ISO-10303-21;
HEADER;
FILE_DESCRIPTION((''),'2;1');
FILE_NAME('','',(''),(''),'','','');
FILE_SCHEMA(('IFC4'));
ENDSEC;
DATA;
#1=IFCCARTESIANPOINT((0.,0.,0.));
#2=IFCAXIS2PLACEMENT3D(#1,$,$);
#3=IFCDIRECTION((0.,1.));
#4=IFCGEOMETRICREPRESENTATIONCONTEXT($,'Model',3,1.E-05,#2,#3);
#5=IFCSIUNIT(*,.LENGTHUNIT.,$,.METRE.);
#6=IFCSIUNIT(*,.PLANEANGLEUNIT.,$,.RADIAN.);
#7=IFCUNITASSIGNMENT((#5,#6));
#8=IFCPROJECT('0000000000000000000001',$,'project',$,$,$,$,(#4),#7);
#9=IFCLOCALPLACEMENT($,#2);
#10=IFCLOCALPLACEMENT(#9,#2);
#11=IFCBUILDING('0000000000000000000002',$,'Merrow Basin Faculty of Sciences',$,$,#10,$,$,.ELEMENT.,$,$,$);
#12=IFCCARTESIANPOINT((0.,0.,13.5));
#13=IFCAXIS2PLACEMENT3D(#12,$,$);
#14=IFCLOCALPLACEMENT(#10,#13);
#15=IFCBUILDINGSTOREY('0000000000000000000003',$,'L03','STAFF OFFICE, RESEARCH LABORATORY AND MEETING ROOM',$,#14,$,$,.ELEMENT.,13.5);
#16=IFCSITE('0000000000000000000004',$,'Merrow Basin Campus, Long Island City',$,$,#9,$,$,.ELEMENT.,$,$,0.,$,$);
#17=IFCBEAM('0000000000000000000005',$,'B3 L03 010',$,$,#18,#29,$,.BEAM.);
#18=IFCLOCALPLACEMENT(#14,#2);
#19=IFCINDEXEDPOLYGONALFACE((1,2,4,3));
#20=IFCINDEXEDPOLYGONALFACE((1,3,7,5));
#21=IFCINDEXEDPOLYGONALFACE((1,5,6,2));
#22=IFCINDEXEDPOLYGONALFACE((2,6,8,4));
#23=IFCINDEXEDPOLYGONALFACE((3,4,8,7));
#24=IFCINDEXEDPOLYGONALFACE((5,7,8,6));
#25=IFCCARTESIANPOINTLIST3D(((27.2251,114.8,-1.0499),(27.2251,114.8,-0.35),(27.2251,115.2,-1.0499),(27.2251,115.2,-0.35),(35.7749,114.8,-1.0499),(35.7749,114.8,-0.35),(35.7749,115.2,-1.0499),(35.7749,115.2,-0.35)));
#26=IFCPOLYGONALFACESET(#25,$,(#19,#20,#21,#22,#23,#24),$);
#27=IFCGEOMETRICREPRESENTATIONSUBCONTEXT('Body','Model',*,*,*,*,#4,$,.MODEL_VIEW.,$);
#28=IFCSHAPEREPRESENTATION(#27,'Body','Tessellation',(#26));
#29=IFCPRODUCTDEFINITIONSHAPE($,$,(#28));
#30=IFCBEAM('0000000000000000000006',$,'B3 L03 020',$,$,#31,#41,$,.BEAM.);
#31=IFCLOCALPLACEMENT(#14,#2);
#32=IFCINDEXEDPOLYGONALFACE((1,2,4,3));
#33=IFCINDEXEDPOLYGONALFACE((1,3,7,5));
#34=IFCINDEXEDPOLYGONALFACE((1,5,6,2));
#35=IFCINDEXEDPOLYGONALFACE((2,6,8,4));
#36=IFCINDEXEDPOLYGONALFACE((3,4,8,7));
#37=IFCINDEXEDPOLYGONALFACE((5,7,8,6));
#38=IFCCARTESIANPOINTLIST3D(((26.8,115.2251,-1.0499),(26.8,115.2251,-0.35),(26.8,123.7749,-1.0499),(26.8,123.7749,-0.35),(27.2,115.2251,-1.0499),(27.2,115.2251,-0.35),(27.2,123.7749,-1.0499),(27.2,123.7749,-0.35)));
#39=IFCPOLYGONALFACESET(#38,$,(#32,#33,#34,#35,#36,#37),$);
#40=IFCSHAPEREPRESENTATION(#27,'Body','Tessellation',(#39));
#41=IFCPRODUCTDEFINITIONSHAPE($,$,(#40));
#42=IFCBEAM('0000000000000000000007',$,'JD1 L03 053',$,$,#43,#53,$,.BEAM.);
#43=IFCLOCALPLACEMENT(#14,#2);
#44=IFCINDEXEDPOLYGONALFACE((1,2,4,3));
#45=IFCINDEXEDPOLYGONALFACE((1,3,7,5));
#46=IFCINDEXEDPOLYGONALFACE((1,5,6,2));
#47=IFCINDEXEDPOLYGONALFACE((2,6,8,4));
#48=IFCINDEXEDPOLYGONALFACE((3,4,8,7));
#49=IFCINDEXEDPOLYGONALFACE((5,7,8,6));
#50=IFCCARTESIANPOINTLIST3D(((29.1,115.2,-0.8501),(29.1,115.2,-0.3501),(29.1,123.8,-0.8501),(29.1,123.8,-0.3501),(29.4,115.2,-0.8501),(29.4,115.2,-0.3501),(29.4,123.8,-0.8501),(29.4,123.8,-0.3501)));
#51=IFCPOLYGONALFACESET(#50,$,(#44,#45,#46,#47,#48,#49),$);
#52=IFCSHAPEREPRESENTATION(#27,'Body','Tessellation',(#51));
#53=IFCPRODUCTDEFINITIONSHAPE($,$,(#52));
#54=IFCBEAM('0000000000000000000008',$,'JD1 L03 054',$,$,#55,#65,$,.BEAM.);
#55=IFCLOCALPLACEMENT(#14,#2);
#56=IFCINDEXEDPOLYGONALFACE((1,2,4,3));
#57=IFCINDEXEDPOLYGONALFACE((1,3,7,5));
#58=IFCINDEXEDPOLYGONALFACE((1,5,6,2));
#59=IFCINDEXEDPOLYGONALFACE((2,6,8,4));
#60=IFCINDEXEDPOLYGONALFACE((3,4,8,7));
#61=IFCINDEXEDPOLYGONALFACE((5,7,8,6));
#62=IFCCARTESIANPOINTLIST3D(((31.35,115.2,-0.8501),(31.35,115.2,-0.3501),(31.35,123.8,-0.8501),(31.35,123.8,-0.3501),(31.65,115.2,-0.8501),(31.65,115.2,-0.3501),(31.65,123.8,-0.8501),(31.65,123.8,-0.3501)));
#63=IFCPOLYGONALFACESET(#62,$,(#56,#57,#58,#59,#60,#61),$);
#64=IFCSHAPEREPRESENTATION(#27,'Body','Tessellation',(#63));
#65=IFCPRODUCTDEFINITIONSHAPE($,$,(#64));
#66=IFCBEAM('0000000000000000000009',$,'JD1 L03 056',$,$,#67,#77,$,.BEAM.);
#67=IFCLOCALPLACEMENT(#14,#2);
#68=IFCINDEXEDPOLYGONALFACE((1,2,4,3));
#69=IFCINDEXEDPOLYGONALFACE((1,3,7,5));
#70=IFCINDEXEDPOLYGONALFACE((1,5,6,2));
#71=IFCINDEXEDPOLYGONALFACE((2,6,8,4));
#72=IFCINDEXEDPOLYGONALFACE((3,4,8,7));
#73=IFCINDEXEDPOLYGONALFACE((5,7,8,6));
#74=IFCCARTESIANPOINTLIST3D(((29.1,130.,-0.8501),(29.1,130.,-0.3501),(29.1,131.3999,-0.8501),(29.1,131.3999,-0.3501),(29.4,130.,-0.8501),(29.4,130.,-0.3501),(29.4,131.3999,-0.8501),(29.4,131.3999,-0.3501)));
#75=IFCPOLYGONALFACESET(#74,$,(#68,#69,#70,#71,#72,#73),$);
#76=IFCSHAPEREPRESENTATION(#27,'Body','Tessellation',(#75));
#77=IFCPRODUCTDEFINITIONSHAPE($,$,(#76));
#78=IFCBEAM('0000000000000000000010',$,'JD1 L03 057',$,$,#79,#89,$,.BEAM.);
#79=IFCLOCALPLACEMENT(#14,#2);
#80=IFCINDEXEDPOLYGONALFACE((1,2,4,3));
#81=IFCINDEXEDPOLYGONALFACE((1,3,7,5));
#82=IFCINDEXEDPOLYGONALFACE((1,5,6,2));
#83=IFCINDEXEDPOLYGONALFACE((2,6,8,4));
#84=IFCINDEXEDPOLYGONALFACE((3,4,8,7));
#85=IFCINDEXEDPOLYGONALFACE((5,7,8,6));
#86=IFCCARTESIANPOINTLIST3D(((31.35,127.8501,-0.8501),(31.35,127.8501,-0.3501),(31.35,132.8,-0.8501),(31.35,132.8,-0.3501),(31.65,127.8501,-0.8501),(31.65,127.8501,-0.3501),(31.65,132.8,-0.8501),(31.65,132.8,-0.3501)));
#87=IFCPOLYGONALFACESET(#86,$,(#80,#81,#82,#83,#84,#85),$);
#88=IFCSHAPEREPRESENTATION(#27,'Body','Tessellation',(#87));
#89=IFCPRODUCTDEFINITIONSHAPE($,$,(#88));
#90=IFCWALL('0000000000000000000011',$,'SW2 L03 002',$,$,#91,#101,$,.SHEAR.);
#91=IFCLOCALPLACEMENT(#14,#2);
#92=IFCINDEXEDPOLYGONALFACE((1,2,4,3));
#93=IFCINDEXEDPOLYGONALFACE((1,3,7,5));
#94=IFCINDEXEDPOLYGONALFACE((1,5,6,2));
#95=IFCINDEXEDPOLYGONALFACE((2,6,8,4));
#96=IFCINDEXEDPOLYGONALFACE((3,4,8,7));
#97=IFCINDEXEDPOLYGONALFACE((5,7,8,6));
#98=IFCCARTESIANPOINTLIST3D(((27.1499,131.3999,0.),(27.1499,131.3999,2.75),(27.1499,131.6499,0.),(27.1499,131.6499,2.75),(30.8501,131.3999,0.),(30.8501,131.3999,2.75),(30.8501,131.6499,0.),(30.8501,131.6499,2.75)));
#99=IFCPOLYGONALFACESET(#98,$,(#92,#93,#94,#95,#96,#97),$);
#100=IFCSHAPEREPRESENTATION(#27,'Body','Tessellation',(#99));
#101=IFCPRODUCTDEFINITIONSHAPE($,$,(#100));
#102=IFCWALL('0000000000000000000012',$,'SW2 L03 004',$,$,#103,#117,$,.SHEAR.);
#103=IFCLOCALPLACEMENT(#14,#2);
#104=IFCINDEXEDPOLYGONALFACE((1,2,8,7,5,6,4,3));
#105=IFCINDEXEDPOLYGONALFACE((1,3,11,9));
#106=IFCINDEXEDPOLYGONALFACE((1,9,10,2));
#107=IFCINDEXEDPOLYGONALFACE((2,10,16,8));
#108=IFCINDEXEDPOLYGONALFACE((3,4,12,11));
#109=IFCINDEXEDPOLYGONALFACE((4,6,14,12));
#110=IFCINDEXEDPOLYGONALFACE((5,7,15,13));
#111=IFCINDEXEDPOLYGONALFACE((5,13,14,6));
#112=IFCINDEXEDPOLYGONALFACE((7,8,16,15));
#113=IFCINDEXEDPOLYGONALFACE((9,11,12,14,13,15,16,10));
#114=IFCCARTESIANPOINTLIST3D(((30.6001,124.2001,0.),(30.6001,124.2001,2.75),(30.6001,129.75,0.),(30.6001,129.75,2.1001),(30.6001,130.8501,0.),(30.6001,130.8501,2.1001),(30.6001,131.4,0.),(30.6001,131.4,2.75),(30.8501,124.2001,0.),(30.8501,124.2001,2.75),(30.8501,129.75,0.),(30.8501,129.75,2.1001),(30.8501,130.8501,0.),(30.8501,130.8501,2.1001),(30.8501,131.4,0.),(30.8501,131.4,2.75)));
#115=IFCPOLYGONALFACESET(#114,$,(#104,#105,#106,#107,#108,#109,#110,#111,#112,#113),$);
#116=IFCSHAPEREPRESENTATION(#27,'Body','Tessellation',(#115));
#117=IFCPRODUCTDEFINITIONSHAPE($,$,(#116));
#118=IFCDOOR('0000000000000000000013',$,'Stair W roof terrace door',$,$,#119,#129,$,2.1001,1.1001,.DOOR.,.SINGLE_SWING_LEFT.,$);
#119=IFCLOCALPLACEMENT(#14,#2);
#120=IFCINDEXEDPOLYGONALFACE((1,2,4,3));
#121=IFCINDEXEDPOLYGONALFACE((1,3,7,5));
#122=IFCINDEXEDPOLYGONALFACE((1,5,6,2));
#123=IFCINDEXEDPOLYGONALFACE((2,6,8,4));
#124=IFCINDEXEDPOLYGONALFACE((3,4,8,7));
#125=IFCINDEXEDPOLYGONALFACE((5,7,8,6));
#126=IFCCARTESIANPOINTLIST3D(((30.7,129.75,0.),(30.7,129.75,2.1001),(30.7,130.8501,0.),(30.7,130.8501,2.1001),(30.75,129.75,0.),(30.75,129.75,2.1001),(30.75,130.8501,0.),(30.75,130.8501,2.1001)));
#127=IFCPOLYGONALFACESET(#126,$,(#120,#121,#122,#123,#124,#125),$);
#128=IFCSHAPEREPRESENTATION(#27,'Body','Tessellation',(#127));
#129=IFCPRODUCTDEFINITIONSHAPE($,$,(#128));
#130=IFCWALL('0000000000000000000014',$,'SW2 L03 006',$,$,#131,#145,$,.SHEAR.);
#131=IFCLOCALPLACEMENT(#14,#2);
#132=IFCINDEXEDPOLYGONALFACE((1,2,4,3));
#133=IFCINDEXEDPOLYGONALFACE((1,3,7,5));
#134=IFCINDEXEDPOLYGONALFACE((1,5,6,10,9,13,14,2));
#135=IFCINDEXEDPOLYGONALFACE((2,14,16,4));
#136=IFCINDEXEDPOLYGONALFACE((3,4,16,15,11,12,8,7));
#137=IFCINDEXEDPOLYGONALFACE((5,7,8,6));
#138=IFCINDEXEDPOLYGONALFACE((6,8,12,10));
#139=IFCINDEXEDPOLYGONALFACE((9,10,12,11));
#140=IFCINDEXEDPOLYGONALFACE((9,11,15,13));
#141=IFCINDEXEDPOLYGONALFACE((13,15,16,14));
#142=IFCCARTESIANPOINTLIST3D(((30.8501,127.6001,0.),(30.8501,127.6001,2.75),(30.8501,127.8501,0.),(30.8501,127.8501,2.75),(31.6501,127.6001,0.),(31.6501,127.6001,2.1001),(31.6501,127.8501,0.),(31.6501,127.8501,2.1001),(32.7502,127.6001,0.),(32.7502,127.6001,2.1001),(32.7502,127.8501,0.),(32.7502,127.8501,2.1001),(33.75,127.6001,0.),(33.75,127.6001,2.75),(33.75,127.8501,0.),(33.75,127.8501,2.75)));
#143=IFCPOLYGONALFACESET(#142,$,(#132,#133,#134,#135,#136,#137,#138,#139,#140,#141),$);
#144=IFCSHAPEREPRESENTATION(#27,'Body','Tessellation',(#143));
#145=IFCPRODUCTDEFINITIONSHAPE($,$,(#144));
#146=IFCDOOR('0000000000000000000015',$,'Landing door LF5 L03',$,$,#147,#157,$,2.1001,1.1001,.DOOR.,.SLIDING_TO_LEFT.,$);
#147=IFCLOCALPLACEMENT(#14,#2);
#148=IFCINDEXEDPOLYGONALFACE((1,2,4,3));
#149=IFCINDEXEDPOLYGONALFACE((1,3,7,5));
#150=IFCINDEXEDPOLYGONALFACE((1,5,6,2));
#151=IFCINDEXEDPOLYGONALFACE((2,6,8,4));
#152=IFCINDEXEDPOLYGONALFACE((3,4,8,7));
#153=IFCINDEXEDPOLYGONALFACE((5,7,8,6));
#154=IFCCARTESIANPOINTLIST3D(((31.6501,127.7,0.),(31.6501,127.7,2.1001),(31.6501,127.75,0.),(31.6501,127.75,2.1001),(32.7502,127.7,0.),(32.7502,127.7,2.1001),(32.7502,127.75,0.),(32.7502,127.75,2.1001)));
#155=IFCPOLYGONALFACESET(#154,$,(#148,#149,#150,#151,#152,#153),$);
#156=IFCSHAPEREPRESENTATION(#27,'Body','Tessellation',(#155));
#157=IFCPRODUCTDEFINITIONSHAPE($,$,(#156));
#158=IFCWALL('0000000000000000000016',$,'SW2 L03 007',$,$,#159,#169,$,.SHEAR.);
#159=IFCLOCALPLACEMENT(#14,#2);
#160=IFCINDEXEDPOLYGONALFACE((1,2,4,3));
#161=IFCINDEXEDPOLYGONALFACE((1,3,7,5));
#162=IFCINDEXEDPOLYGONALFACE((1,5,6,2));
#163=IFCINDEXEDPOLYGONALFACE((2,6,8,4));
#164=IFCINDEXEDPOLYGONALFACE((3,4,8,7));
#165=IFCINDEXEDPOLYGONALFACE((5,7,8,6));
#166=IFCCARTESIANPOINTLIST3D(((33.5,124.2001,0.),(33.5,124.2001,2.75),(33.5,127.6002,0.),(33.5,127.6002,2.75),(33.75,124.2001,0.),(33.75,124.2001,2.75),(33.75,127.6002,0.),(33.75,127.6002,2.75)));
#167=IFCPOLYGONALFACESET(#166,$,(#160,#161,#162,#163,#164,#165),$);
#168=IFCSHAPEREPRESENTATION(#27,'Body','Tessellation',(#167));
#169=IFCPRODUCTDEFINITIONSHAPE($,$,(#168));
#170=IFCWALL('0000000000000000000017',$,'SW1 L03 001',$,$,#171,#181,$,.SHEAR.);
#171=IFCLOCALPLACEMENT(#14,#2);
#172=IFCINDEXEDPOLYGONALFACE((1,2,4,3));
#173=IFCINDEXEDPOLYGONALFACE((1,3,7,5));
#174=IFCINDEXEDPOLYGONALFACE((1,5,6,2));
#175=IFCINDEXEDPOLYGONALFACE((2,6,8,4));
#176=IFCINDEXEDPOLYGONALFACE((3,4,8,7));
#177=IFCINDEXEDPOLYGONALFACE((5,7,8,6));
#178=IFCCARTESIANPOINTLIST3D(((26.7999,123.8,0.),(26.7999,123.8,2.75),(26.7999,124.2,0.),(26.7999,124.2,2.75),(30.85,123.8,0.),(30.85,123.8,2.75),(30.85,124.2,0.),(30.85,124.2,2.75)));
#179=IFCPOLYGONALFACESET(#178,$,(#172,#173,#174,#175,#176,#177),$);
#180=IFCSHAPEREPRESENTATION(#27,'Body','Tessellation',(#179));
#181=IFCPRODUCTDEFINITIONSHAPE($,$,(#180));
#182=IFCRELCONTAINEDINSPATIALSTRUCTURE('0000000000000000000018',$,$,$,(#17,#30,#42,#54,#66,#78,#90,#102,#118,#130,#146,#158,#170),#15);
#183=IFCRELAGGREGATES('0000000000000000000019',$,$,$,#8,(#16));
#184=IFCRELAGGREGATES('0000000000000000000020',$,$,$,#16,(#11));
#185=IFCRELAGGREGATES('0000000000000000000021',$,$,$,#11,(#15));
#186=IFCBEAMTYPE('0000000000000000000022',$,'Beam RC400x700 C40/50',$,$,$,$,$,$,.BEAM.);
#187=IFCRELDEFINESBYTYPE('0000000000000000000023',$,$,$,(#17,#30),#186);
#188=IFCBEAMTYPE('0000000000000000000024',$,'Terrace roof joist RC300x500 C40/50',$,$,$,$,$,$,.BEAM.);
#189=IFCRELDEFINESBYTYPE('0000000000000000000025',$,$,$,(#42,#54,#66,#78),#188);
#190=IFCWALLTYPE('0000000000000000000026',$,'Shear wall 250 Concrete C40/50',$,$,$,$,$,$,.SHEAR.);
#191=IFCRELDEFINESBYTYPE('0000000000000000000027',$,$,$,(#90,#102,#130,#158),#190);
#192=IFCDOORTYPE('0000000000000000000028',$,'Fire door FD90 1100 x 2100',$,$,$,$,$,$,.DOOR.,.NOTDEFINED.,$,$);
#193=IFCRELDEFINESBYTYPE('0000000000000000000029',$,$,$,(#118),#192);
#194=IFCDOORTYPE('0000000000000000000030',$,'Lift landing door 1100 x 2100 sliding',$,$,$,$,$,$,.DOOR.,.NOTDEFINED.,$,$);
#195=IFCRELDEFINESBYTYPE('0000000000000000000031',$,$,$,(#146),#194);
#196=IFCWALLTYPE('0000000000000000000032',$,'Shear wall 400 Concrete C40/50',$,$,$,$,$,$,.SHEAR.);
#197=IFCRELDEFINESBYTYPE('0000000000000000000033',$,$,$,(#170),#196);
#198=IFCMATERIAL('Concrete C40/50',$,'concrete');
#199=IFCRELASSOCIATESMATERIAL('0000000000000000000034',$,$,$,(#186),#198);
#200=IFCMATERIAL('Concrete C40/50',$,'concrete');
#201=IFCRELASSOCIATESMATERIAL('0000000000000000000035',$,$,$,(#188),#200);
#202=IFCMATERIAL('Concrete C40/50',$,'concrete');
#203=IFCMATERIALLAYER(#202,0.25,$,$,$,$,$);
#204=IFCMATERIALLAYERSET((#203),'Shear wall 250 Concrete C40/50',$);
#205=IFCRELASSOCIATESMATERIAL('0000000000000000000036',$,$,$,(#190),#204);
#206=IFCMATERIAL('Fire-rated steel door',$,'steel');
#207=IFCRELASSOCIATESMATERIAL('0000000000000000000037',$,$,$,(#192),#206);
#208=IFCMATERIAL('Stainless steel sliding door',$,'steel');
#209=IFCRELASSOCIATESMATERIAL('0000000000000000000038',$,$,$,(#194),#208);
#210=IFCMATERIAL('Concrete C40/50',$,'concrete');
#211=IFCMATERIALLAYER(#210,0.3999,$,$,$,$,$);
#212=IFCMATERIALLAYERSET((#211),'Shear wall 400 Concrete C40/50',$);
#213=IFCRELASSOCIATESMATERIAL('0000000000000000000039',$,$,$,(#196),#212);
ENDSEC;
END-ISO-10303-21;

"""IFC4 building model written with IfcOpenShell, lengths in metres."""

from ifc_helpers import new_model, si_unit, direction, frame, frame_2d, origin, origin_2d, place, context, subcontext, project, spatial, rectangle, extrude, material, layer, layer_set, material_profile, profile_set, type_object, element, fill, save


model = new_model("IFC4")

# Units and contexts
model_context = context("Model", 3, precision=1e-05, world=origin(), true_north=direction((0.0, 1.0)))
body_context = subcontext(model_context, "Body", "Model", "MODEL_VIEW")
ifc_project = project(units=[si_unit("LENGTHUNIT", "METRE"), si_unit("PLANEANGLEUNIT", "RADIAN")], contexts=[model_context])

# Site, building, storey
site_placement = place(None, origin())
site = spatial("IfcSite", under=ifc_project, at=site_placement, Name="Merrow Basin Campus, Long Island City", CompositionType="ELEMENT", RefElevation=0.0)
building_placement = place(site_placement, origin())
building = spatial("IfcBuilding", under=site, at=building_placement, Name="Merrow Basin Faculty of Sciences", CompositionType="ELEMENT")
storey_placement = place(building_placement, frame((0.0, 0.0, 13.5)))
storey = spatial("IfcBuildingStorey", under=building, at=storey_placement, Name="L03", Description="STAFF OFFICE, RESEARCH LABORATORY AND MEETING ROOM", CompositionType="ELEMENT", Elevation=13.5)

# Beams
ifc_material_1 = material(Name="Concrete C40/50", Category="concrete")
ifc_material_profile_1 = material_profile(ifc_material_1, rectangle(XDim=0.3999, YDim=0.7, at=origin_2d()))
ifc_profile_set_1 = profile_set([ifc_material_profile_1], Name="Concrete C40/50")
beam_type_1 = type_object("IfcBeamType", Name="Beam RC400x700 C40/50", PredefinedType="BEAM", material=ifc_profile_set_1)
for number, where, z_axis, x_axis, name in (
    (1, (27.2251, 115.0, -0.7), (1.0, 0.0, 0.0), (0.0, 1.0, 0.0), "B3 L03 010"),
    (2, (27.0, 115.2251, -0.7), (0.0, 1.0, 0.0), (-1.0, 0.0, 0.0), "B3 L03 020"),
):
    element("IfcBeam", number, at=place(storey_placement, frame(where, z_axis=z_axis, x_axis=x_axis)), inside=storey, type_object=beam_type_1, Name=name, PredefinedType="BEAM", context=body_context, shape_type="SweptSolid", body=[
        extrude(rectangle(XDim=0.3999, YDim=0.7, at=origin_2d()), origin(), (0.0, 0.0, 1.0), 8.5498),
    ])
ifc_material_2 = material(Name="Concrete C40/50", Category="concrete")
ifc_material_profile_2 = material_profile(ifc_material_2, rectangle(XDim=0.3, YDim=0.5, at=origin_2d()))
ifc_profile_set_2 = profile_set([ifc_material_profile_2], Name="Concrete C40/50")
beam_type_2 = type_object("IfcBeamType", Name="Terrace roof joist RC300x500 C40/50", PredefinedType="BEAM", material=ifc_profile_set_2)
for number, where, z_axis, x_axis, name in (
    (3, (29.25, 115.2, -0.6001), (0.0, 1.0, 0.0), (-1.0, 0.0, 0.0), "JD1 L03 053"),
    (4, (31.5, 115.2, -0.6001), (0.0, 1.0, 0.0), (-1.0, 0.0, 0.0), "JD1 L03 054"),
):
    element("IfcBeam", number, at=place(storey_placement, frame(where, z_axis=z_axis, x_axis=x_axis)), inside=storey, type_object=beam_type_2, Name=name, PredefinedType="BEAM", context=body_context, shape_type="SweptSolid", body=[
        extrude(rectangle(XDim=0.3, YDim=0.5, at=origin_2d()), origin(), (0.0, 0.0, 1.0), 8.6001),
    ])
beam_1_placement = place(storey_placement, frame((29.25, 130.0, -0.6001), z_axis=(0.0, 1.0, 0.0), x_axis=(-1.0, 0.0, 0.0)))
element("IfcBeam", 5, at=beam_1_placement, inside=storey, type_object=beam_type_2, Name="JD1 L03 056", PredefinedType="BEAM", context=body_context, shape_type="SweptSolid", body=[
    extrude(rectangle(XDim=0.3, YDim=0.5, at=origin_2d()), origin(), (0.0, 0.0, 1.0), 1.3999),
])
beam_2_placement = place(storey_placement, frame((31.5, 127.8501, -0.6001), z_axis=(0.0, 1.0, 0.0), x_axis=(-1.0, 0.0, 0.0)))
element("IfcBeam", 6, at=beam_2_placement, inside=storey, type_object=beam_type_2, Name="JD1 L03 057", PredefinedType="BEAM", context=body_context, shape_type="SweptSolid", body=[
    extrude(rectangle(XDim=0.3, YDim=0.5, at=origin_2d()), origin(), (0.0, 0.0, 1.0), 4.95),
])

# Wall
ifc_material_3 = material(Name="Concrete C40/50", Category="concrete")
ifc_layer_1 = layer(ifc_material_3, 0.25)
ifc_layer_set_1 = layer_set([ifc_layer_1], Name="Shear wall 250 Concrete C40/50")
wall_type_1 = type_object("IfcWallType", Name="Shear wall 250 Concrete C40/50", PredefinedType="SHEAR", material=ifc_layer_set_1)
wall_1_placement = place(storey_placement, frame((27.1499, 131.5249, 0.0), z_axis=(0.0, 0.0, 1.0), x_axis=(1.0, 0.0, 0.0)))
element("IfcWall", 7, at=wall_1_placement, inside=storey, type_object=wall_type_1, Name="SW2 L03 002", PredefinedType="SHEAR", context=body_context, shape_type="SweptSolid", body=[
    extrude(rectangle(XDim=3.7002, YDim=0.25, at=frame_2d((1.8501, 0.0))), origin(), (0.0, 0.0, 1.0), 2.75),
])

# Walls, openings, doors
wall_2_placement = place(storey_placement, frame((30.7251, 124.2, 0.0), z_axis=(0.0, 0.0, 1.0), x_axis=(0.0, 1.0, 0.0)))
wall_2 = element("IfcWall", 8, at=wall_2_placement, inside=storey, type_object=wall_type_1, Name="SW2 L03 004", PredefinedType="SHEAR", context=body_context, shape_type="SweptSolid", body=[
    extrude(rectangle(XDim=7.2, YDim=0.25, at=frame_2d((3.6001, 0.0))), origin(), (0.0, 0.0, 1.0), 2.75),
])
opening_1_placement = place(wall_2_placement, frame((5.55, 0.0, 0.0)))
opening_1 = element("IfcOpeningElement", 9, at=opening_1_placement, cuts=wall_2, PredefinedType="OPENING", context=body_context, shape_type="SweptSolid", body=[
    extrude(rectangle(XDim=1.1001, YDim=2.1001, at=frame_2d((0.55, 1.05))), frame((0.0, 0.135, 0.0), z_axis=(0.0, -1.0, 0.0), x_axis=(1.0, 0.0, 0.0)), (0.0, 0.0, 1.0), 0.27),
])
ifc_material_4 = material(Name="Fire-rated steel door", Category="steel")
door_type_1 = type_object("IfcDoorType", Name="Fire door FD90 1100 x 2100", OperationType="NOTDEFINED", PredefinedType="DOOR", material=ifc_material_4)
door_1_placement = place(opening_1_placement, frame((1.1001, 0.0, 0.0), z_axis=(0.0, 0.0, 1.0), x_axis=(-1.0, 0.0, 0.0)))
door_1 = element("IfcDoor", 10, at=door_1_placement, inside=storey, type_object=door_type_1, Name="Stair W roof terrace door", OperationType="SINGLE_SWING_LEFT", OverallHeight=2.1001, OverallWidth=1.1001, PredefinedType="DOOR", context=body_context, shape_type="SweptSolid", body=[
    extrude(rectangle(XDim=1.1001, YDim=2.1001, at=frame_2d((0.55, 1.05))), frame((0.0, 0.0249, 0.0), z_axis=(0.0, -1.0, 0.0), x_axis=(1.0, 0.0, 0.0)), (0.0, 0.0, 1.0), 0.05),
])
fill(opening_1, door_1)
wall_3_placement = place(storey_placement, frame((30.8501, 127.7251, 0.0), z_axis=(0.0, 0.0, 1.0), x_axis=(1.0, 0.0, 0.0)))
wall_3 = element("IfcWall", 11, at=wall_3_placement, inside=storey, type_object=wall_type_1, Name="SW2 L03 006", PredefinedType="SHEAR", context=body_context, shape_type="SweptSolid", body=[
    extrude(rectangle(XDim=2.8999, YDim=0.25, at=frame_2d((1.45, 0.0))), origin(), (0.0, 0.0, 1.0), 2.75),
])
opening_2_placement = place(wall_3_placement, frame((0.8, 0.0, 0.0)))
opening_2 = element("IfcOpeningElement", 12, at=opening_2_placement, cuts=wall_3, PredefinedType="OPENING", context=body_context, shape_type="SweptSolid", body=[
    extrude(rectangle(XDim=1.1001, YDim=2.1001, at=frame_2d((0.55, 1.05))), frame((0.0, 0.135, 0.0), z_axis=(0.0, -1.0, 0.0), x_axis=(1.0, 0.0, 0.0)), (0.0, 0.0, 1.0), 0.27),
])
ifc_material_5 = material(Name="Stainless steel sliding door", Category="steel")
door_type_2 = type_object("IfcDoorType", Name="Lift landing door 1100 x 2100 sliding", OperationType="NOTDEFINED", PredefinedType="DOOR", material=ifc_material_5)
door_2_placement = place(opening_2_placement, origin())
door_2 = element("IfcDoor", 13, at=door_2_placement, inside=storey, type_object=door_type_2, Name="Landing door LF5 L03", OperationType="SLIDING_TO_LEFT", OverallHeight=2.1001, OverallWidth=1.1001, PredefinedType="DOOR", context=body_context, shape_type="SweptSolid", body=[
    extrude(rectangle(XDim=1.1001, YDim=2.1001, at=frame_2d((0.55, 1.05))), frame((0.0, 0.0249, 0.0), z_axis=(0.0, -1.0, 0.0), x_axis=(1.0, 0.0, 0.0)), (0.0, 0.0, 1.0), 0.05),
])
fill(opening_2, door_2)

# Walls
wall_4_placement = place(storey_placement, frame((33.625, 124.2, 0.0), z_axis=(0.0, 0.0, 1.0), x_axis=(0.0, 1.0, 0.0)))
element("IfcWall", 14, at=wall_4_placement, inside=storey, type_object=wall_type_1, Name="SW2 L03 007", PredefinedType="SHEAR", context=body_context, shape_type="SweptSolid", body=[
    extrude(rectangle(XDim=3.4001, YDim=0.25, at=frame_2d((1.7002, 0.0))), origin(), (0.0, 0.0, 1.0), 2.75),
])
ifc_material_6 = material(Name="Concrete C40/50", Category="concrete")
ifc_layer_2 = layer(ifc_material_6, 0.3999)
ifc_layer_set_2 = layer_set([ifc_layer_2], Name="Shear wall 400 Concrete C40/50")
wall_type_2 = type_object("IfcWallType", Name="Shear wall 400 Concrete C40/50", PredefinedType="SHEAR", material=ifc_layer_set_2)
wall_5_placement = place(storey_placement, frame((26.8, 124.0, 0.0), z_axis=(0.0, 0.0, 1.0), x_axis=(1.0, 0.0, 0.0)))
element("IfcWall", 15, at=wall_5_placement, inside=storey, type_object=wall_type_2, Name="SW1 L03 001", PredefinedType="SHEAR", context=body_context, shape_type="SweptSolid", body=[
    extrude(rectangle(XDim=4.05, YDim=0.3999, at=frame_2d((2.0249, 0.0))), origin(), (0.0, 0.0, 1.0), 2.75),
])

save(model, "model.ifc")
